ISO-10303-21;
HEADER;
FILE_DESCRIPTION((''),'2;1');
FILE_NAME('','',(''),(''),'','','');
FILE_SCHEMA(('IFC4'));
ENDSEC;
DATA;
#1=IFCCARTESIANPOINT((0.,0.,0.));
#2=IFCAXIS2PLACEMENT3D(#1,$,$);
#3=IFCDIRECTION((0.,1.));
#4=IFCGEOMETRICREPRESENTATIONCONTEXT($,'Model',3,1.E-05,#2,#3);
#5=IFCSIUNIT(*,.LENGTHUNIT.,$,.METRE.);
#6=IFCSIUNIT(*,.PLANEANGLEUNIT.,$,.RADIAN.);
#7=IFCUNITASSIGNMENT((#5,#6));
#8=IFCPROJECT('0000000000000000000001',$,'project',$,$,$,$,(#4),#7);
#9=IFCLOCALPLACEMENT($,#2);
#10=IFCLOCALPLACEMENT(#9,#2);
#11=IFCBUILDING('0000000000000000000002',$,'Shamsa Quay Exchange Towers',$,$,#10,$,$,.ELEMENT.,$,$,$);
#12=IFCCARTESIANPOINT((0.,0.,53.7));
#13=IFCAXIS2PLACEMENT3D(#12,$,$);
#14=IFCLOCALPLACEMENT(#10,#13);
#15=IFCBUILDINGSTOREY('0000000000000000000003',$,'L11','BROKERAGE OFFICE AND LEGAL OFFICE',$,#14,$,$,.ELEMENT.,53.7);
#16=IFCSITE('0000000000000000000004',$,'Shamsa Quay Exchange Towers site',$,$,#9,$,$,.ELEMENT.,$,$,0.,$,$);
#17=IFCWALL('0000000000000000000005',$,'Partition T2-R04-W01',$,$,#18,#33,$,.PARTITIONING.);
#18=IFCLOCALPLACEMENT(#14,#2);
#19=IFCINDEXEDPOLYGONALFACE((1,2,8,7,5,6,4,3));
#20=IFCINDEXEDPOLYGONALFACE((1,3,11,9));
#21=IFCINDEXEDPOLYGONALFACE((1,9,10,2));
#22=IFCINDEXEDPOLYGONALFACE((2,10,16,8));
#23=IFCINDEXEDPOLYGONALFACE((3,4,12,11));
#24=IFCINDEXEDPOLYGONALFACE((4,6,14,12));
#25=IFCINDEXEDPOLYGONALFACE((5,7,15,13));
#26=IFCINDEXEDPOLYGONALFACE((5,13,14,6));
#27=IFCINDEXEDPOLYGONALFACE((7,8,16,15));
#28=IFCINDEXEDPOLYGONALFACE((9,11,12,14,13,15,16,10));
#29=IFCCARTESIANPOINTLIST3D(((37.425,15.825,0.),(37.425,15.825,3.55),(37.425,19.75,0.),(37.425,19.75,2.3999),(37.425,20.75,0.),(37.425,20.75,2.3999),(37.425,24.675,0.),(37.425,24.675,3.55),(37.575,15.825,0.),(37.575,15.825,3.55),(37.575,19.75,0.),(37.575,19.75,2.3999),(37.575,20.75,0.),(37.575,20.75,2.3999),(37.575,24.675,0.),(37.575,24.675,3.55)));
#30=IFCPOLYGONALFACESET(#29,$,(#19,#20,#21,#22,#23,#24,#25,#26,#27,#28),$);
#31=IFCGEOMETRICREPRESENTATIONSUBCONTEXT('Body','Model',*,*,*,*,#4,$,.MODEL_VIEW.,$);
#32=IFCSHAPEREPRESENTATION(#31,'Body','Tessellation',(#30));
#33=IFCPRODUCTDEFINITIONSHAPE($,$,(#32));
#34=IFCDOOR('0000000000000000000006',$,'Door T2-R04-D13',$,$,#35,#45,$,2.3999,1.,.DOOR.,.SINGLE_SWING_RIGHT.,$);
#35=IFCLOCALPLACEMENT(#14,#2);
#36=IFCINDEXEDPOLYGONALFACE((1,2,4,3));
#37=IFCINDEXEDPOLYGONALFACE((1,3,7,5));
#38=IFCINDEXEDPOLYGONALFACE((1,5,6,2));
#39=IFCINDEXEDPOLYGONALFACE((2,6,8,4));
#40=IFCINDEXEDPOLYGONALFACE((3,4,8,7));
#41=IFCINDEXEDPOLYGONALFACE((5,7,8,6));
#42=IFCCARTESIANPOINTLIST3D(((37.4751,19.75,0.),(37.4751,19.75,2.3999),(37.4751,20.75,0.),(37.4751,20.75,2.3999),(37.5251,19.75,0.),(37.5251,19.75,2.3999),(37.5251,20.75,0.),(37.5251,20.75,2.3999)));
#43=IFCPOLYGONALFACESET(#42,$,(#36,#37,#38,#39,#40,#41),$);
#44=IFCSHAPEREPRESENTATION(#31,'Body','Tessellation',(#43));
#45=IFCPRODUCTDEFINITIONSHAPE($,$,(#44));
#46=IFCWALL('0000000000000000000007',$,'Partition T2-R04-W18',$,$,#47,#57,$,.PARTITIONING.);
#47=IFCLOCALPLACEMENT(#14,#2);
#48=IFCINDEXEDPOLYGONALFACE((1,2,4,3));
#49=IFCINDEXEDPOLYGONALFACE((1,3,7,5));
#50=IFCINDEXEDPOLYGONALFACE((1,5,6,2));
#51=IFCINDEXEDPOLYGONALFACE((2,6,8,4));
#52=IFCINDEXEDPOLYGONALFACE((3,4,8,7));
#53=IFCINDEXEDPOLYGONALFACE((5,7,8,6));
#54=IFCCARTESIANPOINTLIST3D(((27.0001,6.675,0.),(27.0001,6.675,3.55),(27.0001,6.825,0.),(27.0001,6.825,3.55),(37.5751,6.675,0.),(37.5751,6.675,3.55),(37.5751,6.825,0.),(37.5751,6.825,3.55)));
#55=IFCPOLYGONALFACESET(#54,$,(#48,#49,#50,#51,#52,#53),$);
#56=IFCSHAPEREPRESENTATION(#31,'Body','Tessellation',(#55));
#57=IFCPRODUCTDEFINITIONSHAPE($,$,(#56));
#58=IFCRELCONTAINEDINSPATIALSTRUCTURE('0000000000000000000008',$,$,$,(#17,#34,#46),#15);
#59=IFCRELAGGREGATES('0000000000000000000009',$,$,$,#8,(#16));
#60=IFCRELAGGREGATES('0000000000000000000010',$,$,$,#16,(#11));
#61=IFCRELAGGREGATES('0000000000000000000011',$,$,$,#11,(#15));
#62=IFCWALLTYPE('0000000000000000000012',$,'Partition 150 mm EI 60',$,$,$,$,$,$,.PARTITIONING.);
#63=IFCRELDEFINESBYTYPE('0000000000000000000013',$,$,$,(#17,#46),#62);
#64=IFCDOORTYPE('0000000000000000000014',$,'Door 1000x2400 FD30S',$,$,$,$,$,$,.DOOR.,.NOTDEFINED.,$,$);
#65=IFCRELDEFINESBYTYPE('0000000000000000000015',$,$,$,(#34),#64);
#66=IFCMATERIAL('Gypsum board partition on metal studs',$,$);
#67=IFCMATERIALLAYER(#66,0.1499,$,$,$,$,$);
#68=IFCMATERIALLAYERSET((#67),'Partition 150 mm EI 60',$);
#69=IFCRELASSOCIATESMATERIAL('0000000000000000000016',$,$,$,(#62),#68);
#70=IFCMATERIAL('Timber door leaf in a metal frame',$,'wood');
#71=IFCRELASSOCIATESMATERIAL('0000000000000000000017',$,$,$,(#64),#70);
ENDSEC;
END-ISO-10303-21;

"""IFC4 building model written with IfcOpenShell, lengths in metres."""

from ifc_helpers import new_model, si_unit, direction, frame, frame_2d, origin, place, context, subcontext, project, spatial, rectangle, extrude, material, layer, layer_set, type_object, element, fill, save


model = new_model("IFC4")

# Units and contexts
model_context = context("Model", 3, precision=1e-05, world=origin(), true_north=direction((0.0, 1.0)))
body_context = subcontext(model_context, "Body", "Model", "MODEL_VIEW")
ifc_project = project(units=[si_unit("LENGTHUNIT", "METRE"), si_unit("PLANEANGLEUNIT", "RADIAN")], contexts=[model_context])

# Site, building, storey
site_placement = place(None, origin())
site = spatial("IfcSite", under=ifc_project, at=site_placement, Name="Shamsa Quay Exchange Towers site", CompositionType="ELEMENT", RefElevation=0.0)
building_placement = place(site_placement, origin())
building = spatial("IfcBuilding", under=site, at=building_placement, Name="Shamsa Quay Exchange Towers", CompositionType="ELEMENT")
storey_placement = place(building_placement, frame((0.0, 0.0, 53.7)))
storey = spatial("IfcBuildingStorey", under=building, at=storey_placement, Name="L11", Description="BROKERAGE OFFICE AND LEGAL OFFICE", CompositionType="ELEMENT", Elevation=53.7)

# Shared definitions
ifc_material_1 = material(Name="Timber door leaf in a metal frame", Category="wood")

# Shared definitions
ifc_material_2 = material(Name="Gypsum board partition on metal studs")

# Wall, opening, door
ifc_layer_1 = layer(ifc_material_2, 0.1499)
ifc_layer_set_1 = layer_set([ifc_layer_1], Name="Partition 150 mm EI 60")
wall_type_1 = type_object("IfcWallType", Name="Partition 150 mm EI 60", PredefinedType="PARTITIONING", material=ifc_layer_set_1)
wall_1_placement = place(storey_placement, frame((37.5, 15.825, 0.0), z_axis=(0.0, 0.0, 1.0), x_axis=(0.0, 1.0, 0.0)))
wall_1 = element("IfcWall", 1, at=wall_1_placement, inside=storey, type_object=wall_type_1, Name="Partition T2-R04-W01", PredefinedType="PARTITIONING", context=body_context, shape_type="SweptSolid", body=[
    extrude(rectangle(XDim=8.8501, YDim=0.1499, at=frame_2d((4.425, 0.0))), origin(), (0.0, 0.0, 1.0), 3.55),
])
opening_1_placement = place(wall_1_placement, frame((3.925, 0.0, 0.0)))
opening_1 = element("IfcOpeningElement", 2, at=opening_1_placement, cuts=wall_1, PredefinedType="OPENING", context=body_context, shape_type="SweptSolid", body=[
    extrude(rectangle(XDim=1.0, YDim=2.3999, at=frame_2d((0.5, 1.2))), frame((0.0, 0.085, 0.0), z_axis=(0.0, -1.0, 0.0), x_axis=(1.0, 0.0, 0.0)), (0.0, 0.0, 1.0), 0.1699),
])
door_type_1 = type_object("IfcDoorType", Name="Door 1000x2400 FD30S", OperationType="NOTDEFINED", PredefinedType="DOOR", material=ifc_material_1)
door_1_placement = place(opening_1_placement, origin())
door_1 = element("IfcDoor", 3, at=door_1_placement, inside=storey, type_object=door_type_1, Name="Door T2-R04-D13", OperationType="SINGLE_SWING_RIGHT", OverallHeight=2.3999, OverallWidth=1.0, PredefinedType="DOOR", context=body_context, shape_type="SweptSolid", body=[
    extrude(rectangle(XDim=1.0, YDim=2.3999, at=frame_2d((0.5, 1.2))), frame((0.0, 0.0249, 0.0), z_axis=(0.0, -1.0, 0.0), x_axis=(1.0, 0.0, 0.0)), (0.0, 0.0, 1.0), 0.05),
])
fill(opening_1, door_1)

# Wall
wall_2_placement = place(storey_placement, frame((27.0, 6.75, 0.0)))
element("IfcWall", 4, at=wall_2_placement, inside=storey, type_object=wall_type_1, Name="Partition T2-R04-W18", PredefinedType="PARTITIONING", context=body_context, shape_type="SweptSolid", body=[
    extrude(rectangle(XDim=10.575, YDim=0.1499, at=frame_2d((5.2876, 0.0))), origin(), (0.0, 0.0, 1.0), 3.55),
])

save(model, "model.ifc")
